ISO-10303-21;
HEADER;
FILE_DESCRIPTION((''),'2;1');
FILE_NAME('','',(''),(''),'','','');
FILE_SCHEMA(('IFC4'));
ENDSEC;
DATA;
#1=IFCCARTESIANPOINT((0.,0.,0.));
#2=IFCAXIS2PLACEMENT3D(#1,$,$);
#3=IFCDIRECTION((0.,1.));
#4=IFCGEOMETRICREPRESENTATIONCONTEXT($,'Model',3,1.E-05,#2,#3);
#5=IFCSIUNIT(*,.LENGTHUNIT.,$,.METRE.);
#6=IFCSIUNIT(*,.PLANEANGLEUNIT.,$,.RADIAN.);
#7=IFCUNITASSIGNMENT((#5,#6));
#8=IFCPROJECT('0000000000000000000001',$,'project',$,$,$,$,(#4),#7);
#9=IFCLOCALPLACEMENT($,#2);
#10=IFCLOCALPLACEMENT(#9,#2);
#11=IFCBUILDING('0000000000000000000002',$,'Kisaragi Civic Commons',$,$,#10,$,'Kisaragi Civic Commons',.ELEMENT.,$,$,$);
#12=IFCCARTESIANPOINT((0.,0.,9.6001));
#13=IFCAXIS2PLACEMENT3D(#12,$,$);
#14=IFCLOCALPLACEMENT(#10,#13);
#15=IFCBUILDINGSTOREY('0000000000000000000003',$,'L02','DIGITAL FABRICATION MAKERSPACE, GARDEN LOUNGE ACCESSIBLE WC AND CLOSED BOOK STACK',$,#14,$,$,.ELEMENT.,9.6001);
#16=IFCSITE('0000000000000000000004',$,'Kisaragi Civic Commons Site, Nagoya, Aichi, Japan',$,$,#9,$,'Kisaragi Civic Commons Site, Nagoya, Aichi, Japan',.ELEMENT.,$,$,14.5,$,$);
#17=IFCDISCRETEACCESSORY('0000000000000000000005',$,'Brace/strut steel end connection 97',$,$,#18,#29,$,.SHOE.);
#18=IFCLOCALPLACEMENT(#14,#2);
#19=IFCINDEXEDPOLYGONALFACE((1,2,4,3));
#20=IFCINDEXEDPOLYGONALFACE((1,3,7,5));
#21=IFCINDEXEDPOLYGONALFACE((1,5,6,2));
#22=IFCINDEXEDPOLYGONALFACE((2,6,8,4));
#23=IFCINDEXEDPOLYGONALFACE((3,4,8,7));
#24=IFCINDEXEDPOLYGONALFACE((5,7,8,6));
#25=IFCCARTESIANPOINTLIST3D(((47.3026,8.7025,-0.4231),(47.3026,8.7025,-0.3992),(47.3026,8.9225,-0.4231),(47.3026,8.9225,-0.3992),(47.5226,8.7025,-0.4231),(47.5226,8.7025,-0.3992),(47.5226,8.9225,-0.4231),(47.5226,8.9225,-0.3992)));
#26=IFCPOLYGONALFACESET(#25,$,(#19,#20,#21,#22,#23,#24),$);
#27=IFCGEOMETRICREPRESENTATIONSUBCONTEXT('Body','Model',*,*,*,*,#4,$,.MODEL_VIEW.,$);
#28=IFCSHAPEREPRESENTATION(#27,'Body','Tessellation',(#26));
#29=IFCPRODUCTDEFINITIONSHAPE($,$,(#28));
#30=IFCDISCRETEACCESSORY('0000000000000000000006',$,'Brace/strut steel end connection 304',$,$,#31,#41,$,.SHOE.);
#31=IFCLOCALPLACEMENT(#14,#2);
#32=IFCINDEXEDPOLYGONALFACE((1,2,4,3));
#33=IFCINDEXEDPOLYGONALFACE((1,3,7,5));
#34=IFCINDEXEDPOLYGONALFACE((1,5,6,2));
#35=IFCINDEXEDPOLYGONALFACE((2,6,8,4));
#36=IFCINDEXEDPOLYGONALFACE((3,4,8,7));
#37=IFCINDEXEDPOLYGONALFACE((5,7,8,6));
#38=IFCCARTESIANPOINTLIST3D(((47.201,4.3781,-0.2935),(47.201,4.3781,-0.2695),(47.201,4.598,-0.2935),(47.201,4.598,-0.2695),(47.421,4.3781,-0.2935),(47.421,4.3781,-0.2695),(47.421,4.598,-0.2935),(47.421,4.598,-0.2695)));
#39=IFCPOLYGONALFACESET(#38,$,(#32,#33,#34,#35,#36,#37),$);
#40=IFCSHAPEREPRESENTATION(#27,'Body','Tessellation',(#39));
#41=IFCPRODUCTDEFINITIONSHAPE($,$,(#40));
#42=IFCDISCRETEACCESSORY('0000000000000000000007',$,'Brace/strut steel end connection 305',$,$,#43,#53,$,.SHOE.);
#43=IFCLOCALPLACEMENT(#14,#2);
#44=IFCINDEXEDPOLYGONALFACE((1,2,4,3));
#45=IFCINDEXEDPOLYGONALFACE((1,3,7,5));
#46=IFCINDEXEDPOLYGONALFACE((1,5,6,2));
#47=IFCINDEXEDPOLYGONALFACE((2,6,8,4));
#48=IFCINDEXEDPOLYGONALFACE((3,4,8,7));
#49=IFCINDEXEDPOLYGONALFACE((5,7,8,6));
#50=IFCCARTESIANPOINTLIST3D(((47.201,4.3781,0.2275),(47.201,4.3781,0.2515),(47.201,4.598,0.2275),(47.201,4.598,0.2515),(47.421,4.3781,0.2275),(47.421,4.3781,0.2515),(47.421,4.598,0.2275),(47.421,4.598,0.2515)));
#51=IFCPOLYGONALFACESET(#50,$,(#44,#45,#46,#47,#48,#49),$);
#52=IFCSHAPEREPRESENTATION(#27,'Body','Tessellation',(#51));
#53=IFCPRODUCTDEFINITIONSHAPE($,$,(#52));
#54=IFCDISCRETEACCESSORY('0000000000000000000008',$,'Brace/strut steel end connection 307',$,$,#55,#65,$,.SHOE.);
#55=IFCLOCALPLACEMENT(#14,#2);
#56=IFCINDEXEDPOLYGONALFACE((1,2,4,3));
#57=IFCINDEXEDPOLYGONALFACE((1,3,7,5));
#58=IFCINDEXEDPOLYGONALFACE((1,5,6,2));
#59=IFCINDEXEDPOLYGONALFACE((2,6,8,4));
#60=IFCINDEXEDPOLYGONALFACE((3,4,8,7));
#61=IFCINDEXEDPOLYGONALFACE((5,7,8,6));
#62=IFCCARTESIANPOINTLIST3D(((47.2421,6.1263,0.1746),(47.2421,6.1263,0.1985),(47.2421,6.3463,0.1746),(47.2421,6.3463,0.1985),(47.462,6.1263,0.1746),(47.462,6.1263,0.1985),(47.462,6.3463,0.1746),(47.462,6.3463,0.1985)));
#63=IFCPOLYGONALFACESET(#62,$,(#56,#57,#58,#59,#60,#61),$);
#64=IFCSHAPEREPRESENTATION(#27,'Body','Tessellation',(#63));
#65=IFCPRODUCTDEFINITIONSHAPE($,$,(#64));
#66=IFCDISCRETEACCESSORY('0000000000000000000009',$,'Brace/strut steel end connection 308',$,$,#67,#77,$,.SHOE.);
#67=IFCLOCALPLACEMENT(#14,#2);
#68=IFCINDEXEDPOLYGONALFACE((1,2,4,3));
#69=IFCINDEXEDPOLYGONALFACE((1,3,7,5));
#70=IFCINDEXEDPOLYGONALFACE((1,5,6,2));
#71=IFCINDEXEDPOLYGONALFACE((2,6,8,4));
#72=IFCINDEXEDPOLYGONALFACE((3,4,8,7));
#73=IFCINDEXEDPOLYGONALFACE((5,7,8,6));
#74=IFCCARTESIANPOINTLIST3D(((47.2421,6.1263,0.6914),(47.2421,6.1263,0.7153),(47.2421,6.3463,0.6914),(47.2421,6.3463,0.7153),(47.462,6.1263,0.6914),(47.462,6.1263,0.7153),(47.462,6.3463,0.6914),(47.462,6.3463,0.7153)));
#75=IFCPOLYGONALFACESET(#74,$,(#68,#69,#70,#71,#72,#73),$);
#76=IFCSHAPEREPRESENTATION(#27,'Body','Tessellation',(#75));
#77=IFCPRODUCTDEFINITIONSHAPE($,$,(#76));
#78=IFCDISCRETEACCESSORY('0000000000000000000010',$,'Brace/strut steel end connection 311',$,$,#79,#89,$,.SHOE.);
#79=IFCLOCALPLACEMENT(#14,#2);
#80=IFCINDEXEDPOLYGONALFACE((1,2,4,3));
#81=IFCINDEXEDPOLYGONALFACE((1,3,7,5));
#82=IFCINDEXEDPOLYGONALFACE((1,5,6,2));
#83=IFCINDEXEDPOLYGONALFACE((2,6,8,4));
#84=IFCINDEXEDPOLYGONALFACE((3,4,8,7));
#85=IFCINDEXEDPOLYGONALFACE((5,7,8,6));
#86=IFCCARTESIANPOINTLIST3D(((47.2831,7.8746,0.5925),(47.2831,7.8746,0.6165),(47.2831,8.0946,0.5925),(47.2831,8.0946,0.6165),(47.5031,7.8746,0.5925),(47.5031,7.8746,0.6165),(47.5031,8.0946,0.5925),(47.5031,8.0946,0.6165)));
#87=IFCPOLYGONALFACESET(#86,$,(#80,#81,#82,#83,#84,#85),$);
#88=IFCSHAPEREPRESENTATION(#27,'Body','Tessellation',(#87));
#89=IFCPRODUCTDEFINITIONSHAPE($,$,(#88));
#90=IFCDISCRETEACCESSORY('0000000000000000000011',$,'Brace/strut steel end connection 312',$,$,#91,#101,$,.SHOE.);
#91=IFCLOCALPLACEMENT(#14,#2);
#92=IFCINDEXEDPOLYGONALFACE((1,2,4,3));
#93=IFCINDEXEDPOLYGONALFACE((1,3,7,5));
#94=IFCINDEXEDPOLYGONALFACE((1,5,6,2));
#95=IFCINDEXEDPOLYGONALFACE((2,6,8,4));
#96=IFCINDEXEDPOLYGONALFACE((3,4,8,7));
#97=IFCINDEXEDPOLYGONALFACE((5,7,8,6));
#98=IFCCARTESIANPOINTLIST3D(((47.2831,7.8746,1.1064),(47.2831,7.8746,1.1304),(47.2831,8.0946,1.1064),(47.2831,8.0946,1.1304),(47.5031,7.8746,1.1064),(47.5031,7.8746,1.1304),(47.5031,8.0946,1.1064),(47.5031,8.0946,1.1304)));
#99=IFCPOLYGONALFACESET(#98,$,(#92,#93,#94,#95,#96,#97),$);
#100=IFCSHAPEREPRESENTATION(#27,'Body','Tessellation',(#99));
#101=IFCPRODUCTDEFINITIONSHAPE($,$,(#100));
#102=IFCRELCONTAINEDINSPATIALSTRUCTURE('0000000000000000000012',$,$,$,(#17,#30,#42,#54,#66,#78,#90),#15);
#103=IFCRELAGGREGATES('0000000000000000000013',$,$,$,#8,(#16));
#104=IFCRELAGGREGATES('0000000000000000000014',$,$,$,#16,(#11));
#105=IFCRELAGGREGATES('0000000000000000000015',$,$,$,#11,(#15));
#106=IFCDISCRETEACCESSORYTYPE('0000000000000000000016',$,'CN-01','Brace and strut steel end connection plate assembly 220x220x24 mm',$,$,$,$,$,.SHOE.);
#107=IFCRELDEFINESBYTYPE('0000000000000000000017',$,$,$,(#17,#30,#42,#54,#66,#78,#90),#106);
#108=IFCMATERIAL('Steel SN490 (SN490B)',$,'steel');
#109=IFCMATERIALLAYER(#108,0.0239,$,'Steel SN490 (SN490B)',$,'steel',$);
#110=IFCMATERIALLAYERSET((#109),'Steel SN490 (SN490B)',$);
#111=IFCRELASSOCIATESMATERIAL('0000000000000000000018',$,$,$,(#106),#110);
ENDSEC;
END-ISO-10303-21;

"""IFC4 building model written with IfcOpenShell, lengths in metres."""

from ifc_helpers import new_model, si_unit, direction, frame, origin, origin_2d, place, context, subcontext, project, spatial, rectangle, extrude, material, layer, layer_set, type_object, element, save


model = new_model("IFC4")

# Units and contexts
model_context = context("Model", 3, precision=1e-05, world=origin(), true_north=direction((0.0, 1.0)))
body_context = subcontext(model_context, "Body", "Model", "MODEL_VIEW")
ifc_project = project(units=[si_unit("LENGTHUNIT", "METRE"), si_unit("PLANEANGLEUNIT", "RADIAN")], contexts=[model_context])

# Site, building, storey
site_placement = place(None, origin())
site = spatial("IfcSite", under=ifc_project, at=site_placement, Name="Kisaragi Civic Commons Site, Nagoya, Aichi, Japan", LongName="Kisaragi Civic Commons Site, Nagoya, Aichi, Japan", CompositionType="ELEMENT", RefElevation=14.5)
building_placement = place(site_placement, origin())
building = spatial("IfcBuilding", under=site, at=building_placement, Name="Kisaragi Civic Commons", LongName="Kisaragi Civic Commons", CompositionType="ELEMENT")
storey_placement = place(building_placement, frame((0.0, 0.0, 9.6001)))
storey = spatial("IfcBuildingStorey", under=building, at=storey_placement, Name="L02", Description="DIGITAL FABRICATION MAKERSPACE, GARDEN LOUNGE ACCESSIBLE WC AND CLOSED BOOK STACK", CompositionType="ELEMENT", Elevation=9.6001)

# Shared definitions
ifc_material_1 = material(Name="Steel SN490 (SN490B)", Category="steel")

# Discrete accessories
ifc_layer_1 = layer(ifc_material_1, 0.0239, Name="Steel SN490 (SN490B)", Category="steel")
ifc_layer_set_1 = layer_set([ifc_layer_1], Name="Steel SN490 (SN490B)")
discrete_accessory_type = type_object("IfcDiscreteAccessoryType", Name="CN-01", Description="Brace and strut steel end connection plate assembly 220x220x24 mm", PredefinedType="SHOE", material=ifc_layer_set_1)
for number, where, z_axis, x_axis, name in (
    (1, (47.4126, 8.8125, -0.4231), (0.0, 0.0, 1.0), (1.0, 0.0, 0.0), "Brace/strut steel end connection 97"),
    (2, (47.311, 4.488, -0.2935), (0.0, 0.0, 1.0), (1.0, 0.0, 0.0), "Brace/strut steel end connection 304"),
    (3, (47.311, 4.488, 0.2275), (0.0, 0.0, 1.0), (1.0, 0.0, 0.0), "Brace/strut steel end connection 305"),
    (4, (47.3521, 6.2363, 0.1746), (0.0, 0.0, 1.0), (1.0, 0.0, 0.0), "Brace/strut steel end connection 307"),
    (5, (47.3521, 6.2363, 0.6914), (0.0, 0.0, 1.0), (1.0, 0.0, 0.0), "Brace/strut steel end connection 308"),
    (6, (47.3931, 7.9846, 0.5925), (0.0, 0.0, 1.0), (1.0, 0.0, 0.0), "Brace/strut steel end connection 311"),
    (7, (47.3931, 7.9846, 1.1064), (0.0, 0.0, 1.0), (1.0, 0.0, 0.0), "Brace/strut steel end connection 312"),
):
    element("IfcDiscreteAccessory", number, at=place(storey_placement, frame(where, z_axis=z_axis, x_axis=x_axis)), inside=storey, type_object=discrete_accessory_type, Name=name, PredefinedType="SHOE", context=body_context, shape_type="SweptSolid", body=[
        extrude(rectangle(XDim=0.22, YDim=0.22, at=origin_2d()), origin(), (0.0, 0.0, 1.0), 0.0239),
    ])

save(model, "model.ifc")
